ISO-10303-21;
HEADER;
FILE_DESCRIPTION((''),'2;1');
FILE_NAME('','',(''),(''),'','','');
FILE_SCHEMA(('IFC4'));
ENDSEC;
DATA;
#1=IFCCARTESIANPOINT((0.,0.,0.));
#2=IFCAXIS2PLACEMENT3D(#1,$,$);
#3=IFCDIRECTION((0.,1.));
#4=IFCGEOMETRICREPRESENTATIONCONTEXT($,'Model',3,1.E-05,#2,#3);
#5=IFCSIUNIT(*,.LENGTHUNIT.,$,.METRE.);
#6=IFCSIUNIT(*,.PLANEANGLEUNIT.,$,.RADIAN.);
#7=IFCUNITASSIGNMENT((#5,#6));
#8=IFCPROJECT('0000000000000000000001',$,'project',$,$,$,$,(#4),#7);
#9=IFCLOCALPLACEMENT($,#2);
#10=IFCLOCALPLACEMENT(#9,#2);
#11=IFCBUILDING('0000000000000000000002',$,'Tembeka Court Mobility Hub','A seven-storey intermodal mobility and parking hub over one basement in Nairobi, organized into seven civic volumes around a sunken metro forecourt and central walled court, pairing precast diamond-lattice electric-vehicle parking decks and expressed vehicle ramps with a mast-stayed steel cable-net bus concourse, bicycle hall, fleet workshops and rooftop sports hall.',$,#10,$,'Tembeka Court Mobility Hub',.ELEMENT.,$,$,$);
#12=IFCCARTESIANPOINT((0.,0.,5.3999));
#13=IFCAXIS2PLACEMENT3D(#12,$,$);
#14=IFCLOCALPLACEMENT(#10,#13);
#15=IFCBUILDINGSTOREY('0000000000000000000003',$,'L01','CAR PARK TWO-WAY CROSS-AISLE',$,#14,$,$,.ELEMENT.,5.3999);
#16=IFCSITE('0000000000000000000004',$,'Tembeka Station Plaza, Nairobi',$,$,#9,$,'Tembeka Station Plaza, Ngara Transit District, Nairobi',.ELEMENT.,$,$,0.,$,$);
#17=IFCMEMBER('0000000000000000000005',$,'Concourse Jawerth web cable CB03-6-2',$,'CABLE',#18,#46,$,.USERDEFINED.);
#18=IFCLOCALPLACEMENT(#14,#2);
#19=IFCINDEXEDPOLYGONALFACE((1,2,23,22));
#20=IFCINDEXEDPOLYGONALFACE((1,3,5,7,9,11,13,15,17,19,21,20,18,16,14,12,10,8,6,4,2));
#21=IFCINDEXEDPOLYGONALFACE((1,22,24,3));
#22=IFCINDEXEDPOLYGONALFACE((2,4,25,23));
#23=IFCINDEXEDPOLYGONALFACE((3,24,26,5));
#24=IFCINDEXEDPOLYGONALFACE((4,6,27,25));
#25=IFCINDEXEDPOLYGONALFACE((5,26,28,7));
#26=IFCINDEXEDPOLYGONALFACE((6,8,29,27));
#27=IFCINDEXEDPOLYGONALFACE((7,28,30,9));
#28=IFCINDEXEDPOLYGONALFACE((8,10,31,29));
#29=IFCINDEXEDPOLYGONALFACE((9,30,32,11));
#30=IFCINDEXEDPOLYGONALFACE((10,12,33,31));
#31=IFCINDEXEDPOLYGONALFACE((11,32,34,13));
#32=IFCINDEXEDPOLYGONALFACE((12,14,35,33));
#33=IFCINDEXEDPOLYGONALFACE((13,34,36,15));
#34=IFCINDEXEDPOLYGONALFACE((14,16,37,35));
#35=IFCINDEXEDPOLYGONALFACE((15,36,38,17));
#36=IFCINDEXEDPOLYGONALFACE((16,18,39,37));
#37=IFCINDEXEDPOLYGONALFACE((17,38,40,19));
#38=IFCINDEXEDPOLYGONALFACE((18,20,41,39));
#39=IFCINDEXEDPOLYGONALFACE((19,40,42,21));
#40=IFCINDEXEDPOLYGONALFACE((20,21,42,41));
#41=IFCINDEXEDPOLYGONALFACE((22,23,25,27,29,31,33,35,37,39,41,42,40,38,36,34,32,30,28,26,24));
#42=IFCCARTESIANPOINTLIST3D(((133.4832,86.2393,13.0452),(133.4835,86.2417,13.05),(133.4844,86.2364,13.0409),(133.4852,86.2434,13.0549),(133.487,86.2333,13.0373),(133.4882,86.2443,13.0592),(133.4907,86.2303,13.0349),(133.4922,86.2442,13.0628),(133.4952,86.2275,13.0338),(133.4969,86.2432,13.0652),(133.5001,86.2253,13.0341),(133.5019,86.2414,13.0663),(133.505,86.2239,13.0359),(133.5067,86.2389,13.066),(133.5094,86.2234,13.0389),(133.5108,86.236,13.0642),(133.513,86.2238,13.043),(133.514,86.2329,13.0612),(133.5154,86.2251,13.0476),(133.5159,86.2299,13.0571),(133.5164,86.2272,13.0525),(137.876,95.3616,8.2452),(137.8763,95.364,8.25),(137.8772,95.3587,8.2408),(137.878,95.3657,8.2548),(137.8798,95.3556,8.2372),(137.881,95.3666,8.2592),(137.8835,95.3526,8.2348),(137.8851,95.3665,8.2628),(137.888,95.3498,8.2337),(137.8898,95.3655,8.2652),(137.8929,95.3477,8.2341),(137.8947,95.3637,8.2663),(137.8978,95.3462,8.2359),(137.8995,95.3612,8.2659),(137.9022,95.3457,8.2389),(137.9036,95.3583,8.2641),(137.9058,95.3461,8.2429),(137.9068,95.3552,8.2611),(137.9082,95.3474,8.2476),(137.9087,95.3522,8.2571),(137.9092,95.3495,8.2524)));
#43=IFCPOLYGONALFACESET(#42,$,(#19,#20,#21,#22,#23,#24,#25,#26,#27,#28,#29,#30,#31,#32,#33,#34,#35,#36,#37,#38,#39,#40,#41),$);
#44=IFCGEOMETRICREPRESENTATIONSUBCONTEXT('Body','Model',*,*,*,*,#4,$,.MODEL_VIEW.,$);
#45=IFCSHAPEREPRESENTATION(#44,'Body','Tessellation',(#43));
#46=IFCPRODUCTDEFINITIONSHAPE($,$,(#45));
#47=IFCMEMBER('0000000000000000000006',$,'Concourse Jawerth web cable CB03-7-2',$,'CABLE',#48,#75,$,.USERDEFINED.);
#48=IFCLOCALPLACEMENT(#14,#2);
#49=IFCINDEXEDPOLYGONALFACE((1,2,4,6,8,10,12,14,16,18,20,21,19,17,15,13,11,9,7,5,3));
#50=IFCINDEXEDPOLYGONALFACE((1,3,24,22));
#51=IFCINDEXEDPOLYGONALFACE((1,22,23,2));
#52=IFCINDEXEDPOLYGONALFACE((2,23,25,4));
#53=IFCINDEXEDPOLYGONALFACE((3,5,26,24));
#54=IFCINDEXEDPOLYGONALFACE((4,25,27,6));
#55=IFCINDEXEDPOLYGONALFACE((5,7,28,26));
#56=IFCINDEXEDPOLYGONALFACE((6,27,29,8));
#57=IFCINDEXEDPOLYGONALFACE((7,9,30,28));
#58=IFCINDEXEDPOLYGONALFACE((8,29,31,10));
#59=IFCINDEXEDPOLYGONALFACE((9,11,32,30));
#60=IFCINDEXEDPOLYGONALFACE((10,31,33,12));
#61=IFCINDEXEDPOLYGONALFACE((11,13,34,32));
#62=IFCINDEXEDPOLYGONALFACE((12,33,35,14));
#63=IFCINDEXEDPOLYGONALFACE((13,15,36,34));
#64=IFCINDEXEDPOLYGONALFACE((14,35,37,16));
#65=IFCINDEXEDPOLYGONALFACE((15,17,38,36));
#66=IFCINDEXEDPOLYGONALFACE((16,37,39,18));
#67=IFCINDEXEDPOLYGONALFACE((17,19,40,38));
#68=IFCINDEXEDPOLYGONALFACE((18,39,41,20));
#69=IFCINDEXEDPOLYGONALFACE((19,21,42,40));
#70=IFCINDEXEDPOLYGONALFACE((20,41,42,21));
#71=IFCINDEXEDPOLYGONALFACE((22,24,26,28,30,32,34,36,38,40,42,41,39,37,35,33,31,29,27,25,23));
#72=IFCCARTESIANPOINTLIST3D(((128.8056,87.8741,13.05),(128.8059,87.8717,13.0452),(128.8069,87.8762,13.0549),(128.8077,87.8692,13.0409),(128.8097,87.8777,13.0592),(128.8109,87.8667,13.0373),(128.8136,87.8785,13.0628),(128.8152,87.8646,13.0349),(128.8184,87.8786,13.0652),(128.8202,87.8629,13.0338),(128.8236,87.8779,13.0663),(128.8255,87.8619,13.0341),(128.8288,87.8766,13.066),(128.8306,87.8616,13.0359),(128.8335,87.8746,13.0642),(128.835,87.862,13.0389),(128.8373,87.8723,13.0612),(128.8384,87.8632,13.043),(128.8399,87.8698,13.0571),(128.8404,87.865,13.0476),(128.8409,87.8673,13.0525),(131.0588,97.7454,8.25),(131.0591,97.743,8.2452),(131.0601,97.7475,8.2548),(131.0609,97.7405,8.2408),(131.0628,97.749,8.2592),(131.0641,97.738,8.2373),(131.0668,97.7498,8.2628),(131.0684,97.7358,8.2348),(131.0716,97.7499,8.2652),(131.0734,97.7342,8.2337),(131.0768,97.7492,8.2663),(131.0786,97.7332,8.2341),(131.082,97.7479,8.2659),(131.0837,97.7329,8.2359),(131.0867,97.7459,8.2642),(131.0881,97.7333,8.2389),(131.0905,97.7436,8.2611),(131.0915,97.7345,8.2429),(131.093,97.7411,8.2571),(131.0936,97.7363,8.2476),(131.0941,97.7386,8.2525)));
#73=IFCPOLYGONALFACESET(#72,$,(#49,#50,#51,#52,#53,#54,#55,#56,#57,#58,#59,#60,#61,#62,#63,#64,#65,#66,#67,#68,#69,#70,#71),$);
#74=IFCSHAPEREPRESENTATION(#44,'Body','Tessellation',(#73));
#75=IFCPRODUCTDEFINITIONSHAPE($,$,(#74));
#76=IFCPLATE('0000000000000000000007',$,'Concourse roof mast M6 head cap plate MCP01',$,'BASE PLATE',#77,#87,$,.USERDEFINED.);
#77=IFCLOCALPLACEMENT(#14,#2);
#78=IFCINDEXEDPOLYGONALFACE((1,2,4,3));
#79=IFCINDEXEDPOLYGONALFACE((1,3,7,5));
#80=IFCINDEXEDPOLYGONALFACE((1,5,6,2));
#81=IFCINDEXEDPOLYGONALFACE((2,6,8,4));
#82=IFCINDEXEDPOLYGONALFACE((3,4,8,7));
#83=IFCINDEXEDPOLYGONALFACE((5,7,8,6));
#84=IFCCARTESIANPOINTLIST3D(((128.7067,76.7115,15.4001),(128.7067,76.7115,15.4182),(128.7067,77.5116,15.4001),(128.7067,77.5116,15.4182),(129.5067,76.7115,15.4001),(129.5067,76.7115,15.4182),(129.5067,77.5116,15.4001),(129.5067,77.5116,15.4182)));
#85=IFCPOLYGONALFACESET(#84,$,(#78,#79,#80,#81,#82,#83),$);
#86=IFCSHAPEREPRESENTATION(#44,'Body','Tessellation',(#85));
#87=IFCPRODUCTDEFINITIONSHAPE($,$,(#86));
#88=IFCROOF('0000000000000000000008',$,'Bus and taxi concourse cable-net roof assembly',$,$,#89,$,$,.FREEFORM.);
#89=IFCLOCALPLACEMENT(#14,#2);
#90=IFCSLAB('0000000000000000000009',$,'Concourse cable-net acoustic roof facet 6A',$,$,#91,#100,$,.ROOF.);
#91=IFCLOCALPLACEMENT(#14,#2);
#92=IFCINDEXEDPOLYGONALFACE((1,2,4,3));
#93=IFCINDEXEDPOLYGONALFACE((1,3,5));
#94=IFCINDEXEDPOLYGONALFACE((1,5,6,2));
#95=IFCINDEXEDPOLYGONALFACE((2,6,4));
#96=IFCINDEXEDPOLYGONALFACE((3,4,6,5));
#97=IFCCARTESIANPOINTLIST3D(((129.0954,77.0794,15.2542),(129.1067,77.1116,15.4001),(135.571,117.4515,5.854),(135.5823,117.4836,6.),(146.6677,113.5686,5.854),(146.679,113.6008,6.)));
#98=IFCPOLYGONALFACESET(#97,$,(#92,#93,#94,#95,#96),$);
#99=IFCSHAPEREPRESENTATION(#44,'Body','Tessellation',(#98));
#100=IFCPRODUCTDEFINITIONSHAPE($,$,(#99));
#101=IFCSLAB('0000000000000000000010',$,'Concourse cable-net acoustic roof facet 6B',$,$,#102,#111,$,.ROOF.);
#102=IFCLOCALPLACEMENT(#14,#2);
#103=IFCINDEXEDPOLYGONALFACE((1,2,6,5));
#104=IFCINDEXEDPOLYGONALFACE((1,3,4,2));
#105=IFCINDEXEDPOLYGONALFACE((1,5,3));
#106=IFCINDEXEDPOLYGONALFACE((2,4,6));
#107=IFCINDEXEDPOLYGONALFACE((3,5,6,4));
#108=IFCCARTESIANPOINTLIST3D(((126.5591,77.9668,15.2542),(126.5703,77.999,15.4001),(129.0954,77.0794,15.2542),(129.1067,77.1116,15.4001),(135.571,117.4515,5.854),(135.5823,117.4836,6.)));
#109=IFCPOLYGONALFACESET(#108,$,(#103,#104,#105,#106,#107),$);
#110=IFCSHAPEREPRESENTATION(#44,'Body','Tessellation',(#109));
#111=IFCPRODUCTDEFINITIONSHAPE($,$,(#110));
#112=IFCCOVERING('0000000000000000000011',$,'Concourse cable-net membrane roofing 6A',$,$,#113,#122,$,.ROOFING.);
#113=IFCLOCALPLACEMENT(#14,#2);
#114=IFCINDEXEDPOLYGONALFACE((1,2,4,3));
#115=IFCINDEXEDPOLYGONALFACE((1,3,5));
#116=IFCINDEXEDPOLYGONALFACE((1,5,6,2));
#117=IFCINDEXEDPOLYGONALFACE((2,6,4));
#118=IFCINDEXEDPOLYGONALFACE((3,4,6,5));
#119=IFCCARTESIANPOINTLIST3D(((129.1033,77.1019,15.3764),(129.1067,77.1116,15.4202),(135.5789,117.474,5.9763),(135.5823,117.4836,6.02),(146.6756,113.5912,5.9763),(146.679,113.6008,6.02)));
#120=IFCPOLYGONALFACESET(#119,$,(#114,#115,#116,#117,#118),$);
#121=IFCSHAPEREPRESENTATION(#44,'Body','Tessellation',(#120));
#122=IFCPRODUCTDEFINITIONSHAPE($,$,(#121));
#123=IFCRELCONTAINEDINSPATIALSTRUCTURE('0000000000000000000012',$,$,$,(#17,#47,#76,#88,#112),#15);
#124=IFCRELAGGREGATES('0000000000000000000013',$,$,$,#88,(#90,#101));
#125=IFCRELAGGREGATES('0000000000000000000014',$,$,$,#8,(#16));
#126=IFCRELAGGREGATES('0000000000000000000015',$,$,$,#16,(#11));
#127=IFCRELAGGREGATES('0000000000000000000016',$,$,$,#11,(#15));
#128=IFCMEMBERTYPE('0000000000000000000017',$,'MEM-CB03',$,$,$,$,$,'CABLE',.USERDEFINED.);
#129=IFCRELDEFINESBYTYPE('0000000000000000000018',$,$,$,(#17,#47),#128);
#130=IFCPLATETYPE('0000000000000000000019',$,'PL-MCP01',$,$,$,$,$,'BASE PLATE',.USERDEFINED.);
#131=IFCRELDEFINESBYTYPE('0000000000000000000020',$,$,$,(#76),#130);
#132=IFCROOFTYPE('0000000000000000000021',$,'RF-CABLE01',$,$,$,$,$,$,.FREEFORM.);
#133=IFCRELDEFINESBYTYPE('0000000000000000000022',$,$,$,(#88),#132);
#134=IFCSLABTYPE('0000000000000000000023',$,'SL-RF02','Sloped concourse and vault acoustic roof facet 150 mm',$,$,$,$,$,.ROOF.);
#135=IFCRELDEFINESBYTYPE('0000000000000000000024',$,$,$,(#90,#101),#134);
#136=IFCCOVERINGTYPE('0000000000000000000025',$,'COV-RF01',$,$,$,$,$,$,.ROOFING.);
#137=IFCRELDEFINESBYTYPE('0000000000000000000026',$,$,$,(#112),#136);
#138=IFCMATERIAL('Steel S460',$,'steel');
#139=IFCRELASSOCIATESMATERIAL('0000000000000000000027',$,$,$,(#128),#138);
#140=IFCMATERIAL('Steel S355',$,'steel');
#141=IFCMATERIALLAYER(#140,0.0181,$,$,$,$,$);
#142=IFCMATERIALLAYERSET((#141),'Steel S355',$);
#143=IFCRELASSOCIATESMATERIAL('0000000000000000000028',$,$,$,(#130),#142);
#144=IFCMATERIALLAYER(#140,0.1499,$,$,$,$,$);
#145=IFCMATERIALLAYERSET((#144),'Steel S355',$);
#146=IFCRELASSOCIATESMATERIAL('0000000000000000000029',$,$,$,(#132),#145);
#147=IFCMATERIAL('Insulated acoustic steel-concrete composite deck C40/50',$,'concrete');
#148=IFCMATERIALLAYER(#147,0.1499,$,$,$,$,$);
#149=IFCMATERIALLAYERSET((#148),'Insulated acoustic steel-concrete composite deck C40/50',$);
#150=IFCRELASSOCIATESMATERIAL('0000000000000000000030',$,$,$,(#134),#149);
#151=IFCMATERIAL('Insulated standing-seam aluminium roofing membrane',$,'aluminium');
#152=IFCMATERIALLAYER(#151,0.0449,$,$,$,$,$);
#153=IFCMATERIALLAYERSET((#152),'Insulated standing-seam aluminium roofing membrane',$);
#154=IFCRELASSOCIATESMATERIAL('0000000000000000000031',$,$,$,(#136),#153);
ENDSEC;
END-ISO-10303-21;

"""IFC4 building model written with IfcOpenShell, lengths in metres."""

from ifc_helpers import new_model, si_unit, direction, frame, origin, origin_2d, place, context, subcontext, project, spatial, polyline, rectangle, circle, outline, extrude, material, layer, layer_set, material_profile, profile_set, type_object, element, aggregate, save


model = new_model("IFC4")

# Units and contexts
model_context = context("Model", 3, precision=1e-05, world=origin(), true_north=direction((0.0, 1.0)))
body_context = subcontext(model_context, "Body", "Model", "MODEL_VIEW")
ifc_project = project(units=[si_unit("LENGTHUNIT", "METRE"), si_unit("PLANEANGLEUNIT", "RADIAN")], contexts=[model_context])

# Site, building, storey
site_placement = place(None, origin())
site = spatial("IfcSite", under=ifc_project, at=site_placement, Name="Tembeka Station Plaza, Nairobi", LongName="Tembeka Station Plaza, Ngara Transit District, Nairobi", CompositionType="ELEMENT", RefElevation=0.0)
building_placement = place(site_placement, origin())
building = spatial("IfcBuilding", under=site, at=building_placement, Name="Tembeka Court Mobility Hub", Description="A seven-storey intermodal mobility and parking hub over one basement in Nairobi, organized into seven civic volumes around a sunken metro forecourt and central walled court, pairing precast diamond-lattice electric-vehicle parking decks and expressed vehicle ramps with a mast-stayed steel cable-net bus concourse, bicycle hall, fleet workshops and rooftop sports hall.", LongName="Tembeka Court Mobility Hub", CompositionType="ELEMENT")
storey_placement = place(building_placement, frame((0.0, 0.0, 5.3999)))
storey = spatial("IfcBuildingStorey", under=building, at=storey_placement, Name="L01", Description="CAR PARK TWO-WAY CROSS-AISLE", CompositionType="ELEMENT", Elevation=5.3999)

# Shared definitions
ifc_material_1 = material(Name="Steel S355", Category="steel")

# Members
ifc_material_2 = material(Name="Steel S460", Category="steel")
ifc_material_profile_1 = material_profile(ifc_material_2, circle(Radius=0.0181, at=origin_2d()), Name="CABLE D36")
ifc_profile_set_1 = profile_set([ifc_material_profile_1], Name="Steel S460")
member_type_1 = type_object("IfcMemberType", Name="MEM-CB03", ElementType="CABLE", PredefinedType="USERDEFINED", material=ifc_profile_set_1)
member_1_placement = place(storey_placement, frame((133.4998, 86.2339, 13.05), z_axis=(0.392038, 0.814123, -0.428381), x_axis=(-0.900979, 0.433863, 0.0)))
element("IfcMember", 1, at=member_1_placement, inside=storey, type_object=member_type_1, Name="Concourse Jawerth web cable CB03-6-2", ObjectType="CABLE", PredefinedType="USERDEFINED", context=body_context, shape_type="SweptSolid", body=[
    extrude(circle(Radius=0.0181, at=origin_2d()), origin(), (0.0, 0.0, 1.0), 11.2051),
])
member_2_placement = place(storey_placement, frame((128.8232, 87.8701, 13.05), z_axis=(0.20108, 0.880946, -0.42837), x_axis=(-0.974926, 0.222531, 0.0)))
element("IfcMember", 2, at=member_2_placement, inside=storey, type_object=member_type_1, Name="Concourse Jawerth web cable CB03-7-2", ObjectType="CABLE", PredefinedType="USERDEFINED", context=body_context, shape_type="SweptSolid", body=[
    extrude(circle(Radius=0.0181, at=origin_2d()), origin(), (0.0, 0.0, 1.0), 11.2053),
])

# Plate
ifc_layer_1 = layer(ifc_material_1, 0.0181)
ifc_layer_set_1 = layer_set([ifc_layer_1], Name="Steel S355")
plate_type = type_object("IfcPlateType", Name="PL-MCP01", ElementType="BASE PLATE", PredefinedType="USERDEFINED", material=ifc_layer_set_1)
plate_placement = place(storey_placement, frame((129.1067, 77.1116, 15.4001), z_axis=(0.0, 0.0, 1.0), x_axis=(1.0, 0.0, 0.0)))
element("IfcPlate", 3, at=plate_placement, inside=storey, type_object=plate_type, Name="Concourse roof mast M6 head cap plate MCP01", ObjectType="BASE PLATE", PredefinedType="USERDEFINED", context=body_context, shape_type="SweptSolid", body=[
    extrude(rectangle(XDim=0.8, YDim=0.8, at=origin_2d()), origin(), (0.0, 0.0, 1.0), 0.0181),
])

# Roof, slabs
ifc_layer_2 = layer(ifc_material_1, 0.1499)
ifc_layer_set_2 = layer_set([ifc_layer_2], Name="Steel S355")
roof_type = type_object("IfcRoofType", Name="RF-CABLE01", PredefinedType="FREEFORM", material=ifc_layer_set_2)
roof_placement = place(storey_placement, origin())
roof = element("IfcRoof", 4, at=roof_placement, inside=storey, type_object=roof_type, Name="Bus and taxi concourse cable-net roof assembly", PredefinedType="FREEFORM")
ifc_material_3 = material(Name="Insulated acoustic steel-concrete composite deck C40/50", Category="concrete")
ifc_layer_3 = layer(ifc_material_3, 0.1499)
ifc_layer_set_3 = layer_set([ifc_layer_3], Name="Insulated acoustic steel-concrete composite deck C40/50")
slab_type = type_object("IfcSlabType", Name="SL-RF02", Description="Sloped concourse and vault acoustic roof facet 150 mm", PredefinedType="ROOF", material=ifc_layer_set_3)
slab_1_placement = place(storey_placement, frame((129.1067, 77.1116, 15.4001), z_axis=(0.07512, 0.214686, 0.97379), x_axis=(0.422648, 0.877639, -0.226092)))
slab_1 = element("IfcSlab", 5, at=slab_1_placement, type_object=slab_type, Name="Concourse cable-net acoustic roof facet 6A", PredefinedType="ROOF", context=body_context, shape_type="SweptSolid", body=[
    extrude(outline(polyline([(0.0, 0.0), (41.5766, 0.0), (40.2943, 11.6862), (0.0, 0.0)])), origin(), (0.0, 0.0, -1.0), 0.1499),
])
slab_2_placement = place(storey_placement, frame((129.1067, 77.1116, 15.4001), z_axis=(0.075117, 0.214687, 0.97379), x_axis=(0.154347, 0.962277, -0.224054)))
slab_2 = element("IfcSlab", 6, at=slab_2_placement, type_object=slab_type, Name="Concourse cable-net acoustic roof facet 6B", PredefinedType="ROOF", context=body_context, shape_type="SweptSolid", body=[
    extrude(outline(polyline([(0.0, 0.0), (41.9547, 0.0), (0.4625, 2.6471), (0.0, 0.0)])), origin(), (0.0, 0.0, -1.0), 0.1499),
])
aggregate(roof, [slab_1, slab_2])

# Covering
ifc_material_4 = material(Name="Insulated standing-seam aluminium roofing membrane", Category="aluminium")
ifc_layer_4 = layer(ifc_material_4, 0.0449)
ifc_layer_set_4 = layer_set([ifc_layer_4], Name="Insulated standing-seam aluminium roofing membrane")
covering_type = type_object("IfcCoveringType", Name="COV-RF01", PredefinedType="ROOFING", material=ifc_layer_set_4)
covering_placement = place(storey_placement, frame((129.1067, 77.1116, 15.4202), z_axis=(0.07512, 0.214686, 0.97379), x_axis=(0.422648, 0.877639, -0.226092)))
element("IfcCovering", 7, at=covering_placement, inside=storey, type_object=covering_type, Name="Concourse cable-net membrane roofing 6A", PredefinedType="ROOFING", context=body_context, shape_type="SweptSolid", body=[
    extrude(outline(polyline([(0.0, 0.0), (41.5766, 0.0), (40.2943, 11.6862), (0.0, 0.0)])), origin(), (0.0, 0.0, -1.0), 0.0449),
])

save(model, "model.ifc")
